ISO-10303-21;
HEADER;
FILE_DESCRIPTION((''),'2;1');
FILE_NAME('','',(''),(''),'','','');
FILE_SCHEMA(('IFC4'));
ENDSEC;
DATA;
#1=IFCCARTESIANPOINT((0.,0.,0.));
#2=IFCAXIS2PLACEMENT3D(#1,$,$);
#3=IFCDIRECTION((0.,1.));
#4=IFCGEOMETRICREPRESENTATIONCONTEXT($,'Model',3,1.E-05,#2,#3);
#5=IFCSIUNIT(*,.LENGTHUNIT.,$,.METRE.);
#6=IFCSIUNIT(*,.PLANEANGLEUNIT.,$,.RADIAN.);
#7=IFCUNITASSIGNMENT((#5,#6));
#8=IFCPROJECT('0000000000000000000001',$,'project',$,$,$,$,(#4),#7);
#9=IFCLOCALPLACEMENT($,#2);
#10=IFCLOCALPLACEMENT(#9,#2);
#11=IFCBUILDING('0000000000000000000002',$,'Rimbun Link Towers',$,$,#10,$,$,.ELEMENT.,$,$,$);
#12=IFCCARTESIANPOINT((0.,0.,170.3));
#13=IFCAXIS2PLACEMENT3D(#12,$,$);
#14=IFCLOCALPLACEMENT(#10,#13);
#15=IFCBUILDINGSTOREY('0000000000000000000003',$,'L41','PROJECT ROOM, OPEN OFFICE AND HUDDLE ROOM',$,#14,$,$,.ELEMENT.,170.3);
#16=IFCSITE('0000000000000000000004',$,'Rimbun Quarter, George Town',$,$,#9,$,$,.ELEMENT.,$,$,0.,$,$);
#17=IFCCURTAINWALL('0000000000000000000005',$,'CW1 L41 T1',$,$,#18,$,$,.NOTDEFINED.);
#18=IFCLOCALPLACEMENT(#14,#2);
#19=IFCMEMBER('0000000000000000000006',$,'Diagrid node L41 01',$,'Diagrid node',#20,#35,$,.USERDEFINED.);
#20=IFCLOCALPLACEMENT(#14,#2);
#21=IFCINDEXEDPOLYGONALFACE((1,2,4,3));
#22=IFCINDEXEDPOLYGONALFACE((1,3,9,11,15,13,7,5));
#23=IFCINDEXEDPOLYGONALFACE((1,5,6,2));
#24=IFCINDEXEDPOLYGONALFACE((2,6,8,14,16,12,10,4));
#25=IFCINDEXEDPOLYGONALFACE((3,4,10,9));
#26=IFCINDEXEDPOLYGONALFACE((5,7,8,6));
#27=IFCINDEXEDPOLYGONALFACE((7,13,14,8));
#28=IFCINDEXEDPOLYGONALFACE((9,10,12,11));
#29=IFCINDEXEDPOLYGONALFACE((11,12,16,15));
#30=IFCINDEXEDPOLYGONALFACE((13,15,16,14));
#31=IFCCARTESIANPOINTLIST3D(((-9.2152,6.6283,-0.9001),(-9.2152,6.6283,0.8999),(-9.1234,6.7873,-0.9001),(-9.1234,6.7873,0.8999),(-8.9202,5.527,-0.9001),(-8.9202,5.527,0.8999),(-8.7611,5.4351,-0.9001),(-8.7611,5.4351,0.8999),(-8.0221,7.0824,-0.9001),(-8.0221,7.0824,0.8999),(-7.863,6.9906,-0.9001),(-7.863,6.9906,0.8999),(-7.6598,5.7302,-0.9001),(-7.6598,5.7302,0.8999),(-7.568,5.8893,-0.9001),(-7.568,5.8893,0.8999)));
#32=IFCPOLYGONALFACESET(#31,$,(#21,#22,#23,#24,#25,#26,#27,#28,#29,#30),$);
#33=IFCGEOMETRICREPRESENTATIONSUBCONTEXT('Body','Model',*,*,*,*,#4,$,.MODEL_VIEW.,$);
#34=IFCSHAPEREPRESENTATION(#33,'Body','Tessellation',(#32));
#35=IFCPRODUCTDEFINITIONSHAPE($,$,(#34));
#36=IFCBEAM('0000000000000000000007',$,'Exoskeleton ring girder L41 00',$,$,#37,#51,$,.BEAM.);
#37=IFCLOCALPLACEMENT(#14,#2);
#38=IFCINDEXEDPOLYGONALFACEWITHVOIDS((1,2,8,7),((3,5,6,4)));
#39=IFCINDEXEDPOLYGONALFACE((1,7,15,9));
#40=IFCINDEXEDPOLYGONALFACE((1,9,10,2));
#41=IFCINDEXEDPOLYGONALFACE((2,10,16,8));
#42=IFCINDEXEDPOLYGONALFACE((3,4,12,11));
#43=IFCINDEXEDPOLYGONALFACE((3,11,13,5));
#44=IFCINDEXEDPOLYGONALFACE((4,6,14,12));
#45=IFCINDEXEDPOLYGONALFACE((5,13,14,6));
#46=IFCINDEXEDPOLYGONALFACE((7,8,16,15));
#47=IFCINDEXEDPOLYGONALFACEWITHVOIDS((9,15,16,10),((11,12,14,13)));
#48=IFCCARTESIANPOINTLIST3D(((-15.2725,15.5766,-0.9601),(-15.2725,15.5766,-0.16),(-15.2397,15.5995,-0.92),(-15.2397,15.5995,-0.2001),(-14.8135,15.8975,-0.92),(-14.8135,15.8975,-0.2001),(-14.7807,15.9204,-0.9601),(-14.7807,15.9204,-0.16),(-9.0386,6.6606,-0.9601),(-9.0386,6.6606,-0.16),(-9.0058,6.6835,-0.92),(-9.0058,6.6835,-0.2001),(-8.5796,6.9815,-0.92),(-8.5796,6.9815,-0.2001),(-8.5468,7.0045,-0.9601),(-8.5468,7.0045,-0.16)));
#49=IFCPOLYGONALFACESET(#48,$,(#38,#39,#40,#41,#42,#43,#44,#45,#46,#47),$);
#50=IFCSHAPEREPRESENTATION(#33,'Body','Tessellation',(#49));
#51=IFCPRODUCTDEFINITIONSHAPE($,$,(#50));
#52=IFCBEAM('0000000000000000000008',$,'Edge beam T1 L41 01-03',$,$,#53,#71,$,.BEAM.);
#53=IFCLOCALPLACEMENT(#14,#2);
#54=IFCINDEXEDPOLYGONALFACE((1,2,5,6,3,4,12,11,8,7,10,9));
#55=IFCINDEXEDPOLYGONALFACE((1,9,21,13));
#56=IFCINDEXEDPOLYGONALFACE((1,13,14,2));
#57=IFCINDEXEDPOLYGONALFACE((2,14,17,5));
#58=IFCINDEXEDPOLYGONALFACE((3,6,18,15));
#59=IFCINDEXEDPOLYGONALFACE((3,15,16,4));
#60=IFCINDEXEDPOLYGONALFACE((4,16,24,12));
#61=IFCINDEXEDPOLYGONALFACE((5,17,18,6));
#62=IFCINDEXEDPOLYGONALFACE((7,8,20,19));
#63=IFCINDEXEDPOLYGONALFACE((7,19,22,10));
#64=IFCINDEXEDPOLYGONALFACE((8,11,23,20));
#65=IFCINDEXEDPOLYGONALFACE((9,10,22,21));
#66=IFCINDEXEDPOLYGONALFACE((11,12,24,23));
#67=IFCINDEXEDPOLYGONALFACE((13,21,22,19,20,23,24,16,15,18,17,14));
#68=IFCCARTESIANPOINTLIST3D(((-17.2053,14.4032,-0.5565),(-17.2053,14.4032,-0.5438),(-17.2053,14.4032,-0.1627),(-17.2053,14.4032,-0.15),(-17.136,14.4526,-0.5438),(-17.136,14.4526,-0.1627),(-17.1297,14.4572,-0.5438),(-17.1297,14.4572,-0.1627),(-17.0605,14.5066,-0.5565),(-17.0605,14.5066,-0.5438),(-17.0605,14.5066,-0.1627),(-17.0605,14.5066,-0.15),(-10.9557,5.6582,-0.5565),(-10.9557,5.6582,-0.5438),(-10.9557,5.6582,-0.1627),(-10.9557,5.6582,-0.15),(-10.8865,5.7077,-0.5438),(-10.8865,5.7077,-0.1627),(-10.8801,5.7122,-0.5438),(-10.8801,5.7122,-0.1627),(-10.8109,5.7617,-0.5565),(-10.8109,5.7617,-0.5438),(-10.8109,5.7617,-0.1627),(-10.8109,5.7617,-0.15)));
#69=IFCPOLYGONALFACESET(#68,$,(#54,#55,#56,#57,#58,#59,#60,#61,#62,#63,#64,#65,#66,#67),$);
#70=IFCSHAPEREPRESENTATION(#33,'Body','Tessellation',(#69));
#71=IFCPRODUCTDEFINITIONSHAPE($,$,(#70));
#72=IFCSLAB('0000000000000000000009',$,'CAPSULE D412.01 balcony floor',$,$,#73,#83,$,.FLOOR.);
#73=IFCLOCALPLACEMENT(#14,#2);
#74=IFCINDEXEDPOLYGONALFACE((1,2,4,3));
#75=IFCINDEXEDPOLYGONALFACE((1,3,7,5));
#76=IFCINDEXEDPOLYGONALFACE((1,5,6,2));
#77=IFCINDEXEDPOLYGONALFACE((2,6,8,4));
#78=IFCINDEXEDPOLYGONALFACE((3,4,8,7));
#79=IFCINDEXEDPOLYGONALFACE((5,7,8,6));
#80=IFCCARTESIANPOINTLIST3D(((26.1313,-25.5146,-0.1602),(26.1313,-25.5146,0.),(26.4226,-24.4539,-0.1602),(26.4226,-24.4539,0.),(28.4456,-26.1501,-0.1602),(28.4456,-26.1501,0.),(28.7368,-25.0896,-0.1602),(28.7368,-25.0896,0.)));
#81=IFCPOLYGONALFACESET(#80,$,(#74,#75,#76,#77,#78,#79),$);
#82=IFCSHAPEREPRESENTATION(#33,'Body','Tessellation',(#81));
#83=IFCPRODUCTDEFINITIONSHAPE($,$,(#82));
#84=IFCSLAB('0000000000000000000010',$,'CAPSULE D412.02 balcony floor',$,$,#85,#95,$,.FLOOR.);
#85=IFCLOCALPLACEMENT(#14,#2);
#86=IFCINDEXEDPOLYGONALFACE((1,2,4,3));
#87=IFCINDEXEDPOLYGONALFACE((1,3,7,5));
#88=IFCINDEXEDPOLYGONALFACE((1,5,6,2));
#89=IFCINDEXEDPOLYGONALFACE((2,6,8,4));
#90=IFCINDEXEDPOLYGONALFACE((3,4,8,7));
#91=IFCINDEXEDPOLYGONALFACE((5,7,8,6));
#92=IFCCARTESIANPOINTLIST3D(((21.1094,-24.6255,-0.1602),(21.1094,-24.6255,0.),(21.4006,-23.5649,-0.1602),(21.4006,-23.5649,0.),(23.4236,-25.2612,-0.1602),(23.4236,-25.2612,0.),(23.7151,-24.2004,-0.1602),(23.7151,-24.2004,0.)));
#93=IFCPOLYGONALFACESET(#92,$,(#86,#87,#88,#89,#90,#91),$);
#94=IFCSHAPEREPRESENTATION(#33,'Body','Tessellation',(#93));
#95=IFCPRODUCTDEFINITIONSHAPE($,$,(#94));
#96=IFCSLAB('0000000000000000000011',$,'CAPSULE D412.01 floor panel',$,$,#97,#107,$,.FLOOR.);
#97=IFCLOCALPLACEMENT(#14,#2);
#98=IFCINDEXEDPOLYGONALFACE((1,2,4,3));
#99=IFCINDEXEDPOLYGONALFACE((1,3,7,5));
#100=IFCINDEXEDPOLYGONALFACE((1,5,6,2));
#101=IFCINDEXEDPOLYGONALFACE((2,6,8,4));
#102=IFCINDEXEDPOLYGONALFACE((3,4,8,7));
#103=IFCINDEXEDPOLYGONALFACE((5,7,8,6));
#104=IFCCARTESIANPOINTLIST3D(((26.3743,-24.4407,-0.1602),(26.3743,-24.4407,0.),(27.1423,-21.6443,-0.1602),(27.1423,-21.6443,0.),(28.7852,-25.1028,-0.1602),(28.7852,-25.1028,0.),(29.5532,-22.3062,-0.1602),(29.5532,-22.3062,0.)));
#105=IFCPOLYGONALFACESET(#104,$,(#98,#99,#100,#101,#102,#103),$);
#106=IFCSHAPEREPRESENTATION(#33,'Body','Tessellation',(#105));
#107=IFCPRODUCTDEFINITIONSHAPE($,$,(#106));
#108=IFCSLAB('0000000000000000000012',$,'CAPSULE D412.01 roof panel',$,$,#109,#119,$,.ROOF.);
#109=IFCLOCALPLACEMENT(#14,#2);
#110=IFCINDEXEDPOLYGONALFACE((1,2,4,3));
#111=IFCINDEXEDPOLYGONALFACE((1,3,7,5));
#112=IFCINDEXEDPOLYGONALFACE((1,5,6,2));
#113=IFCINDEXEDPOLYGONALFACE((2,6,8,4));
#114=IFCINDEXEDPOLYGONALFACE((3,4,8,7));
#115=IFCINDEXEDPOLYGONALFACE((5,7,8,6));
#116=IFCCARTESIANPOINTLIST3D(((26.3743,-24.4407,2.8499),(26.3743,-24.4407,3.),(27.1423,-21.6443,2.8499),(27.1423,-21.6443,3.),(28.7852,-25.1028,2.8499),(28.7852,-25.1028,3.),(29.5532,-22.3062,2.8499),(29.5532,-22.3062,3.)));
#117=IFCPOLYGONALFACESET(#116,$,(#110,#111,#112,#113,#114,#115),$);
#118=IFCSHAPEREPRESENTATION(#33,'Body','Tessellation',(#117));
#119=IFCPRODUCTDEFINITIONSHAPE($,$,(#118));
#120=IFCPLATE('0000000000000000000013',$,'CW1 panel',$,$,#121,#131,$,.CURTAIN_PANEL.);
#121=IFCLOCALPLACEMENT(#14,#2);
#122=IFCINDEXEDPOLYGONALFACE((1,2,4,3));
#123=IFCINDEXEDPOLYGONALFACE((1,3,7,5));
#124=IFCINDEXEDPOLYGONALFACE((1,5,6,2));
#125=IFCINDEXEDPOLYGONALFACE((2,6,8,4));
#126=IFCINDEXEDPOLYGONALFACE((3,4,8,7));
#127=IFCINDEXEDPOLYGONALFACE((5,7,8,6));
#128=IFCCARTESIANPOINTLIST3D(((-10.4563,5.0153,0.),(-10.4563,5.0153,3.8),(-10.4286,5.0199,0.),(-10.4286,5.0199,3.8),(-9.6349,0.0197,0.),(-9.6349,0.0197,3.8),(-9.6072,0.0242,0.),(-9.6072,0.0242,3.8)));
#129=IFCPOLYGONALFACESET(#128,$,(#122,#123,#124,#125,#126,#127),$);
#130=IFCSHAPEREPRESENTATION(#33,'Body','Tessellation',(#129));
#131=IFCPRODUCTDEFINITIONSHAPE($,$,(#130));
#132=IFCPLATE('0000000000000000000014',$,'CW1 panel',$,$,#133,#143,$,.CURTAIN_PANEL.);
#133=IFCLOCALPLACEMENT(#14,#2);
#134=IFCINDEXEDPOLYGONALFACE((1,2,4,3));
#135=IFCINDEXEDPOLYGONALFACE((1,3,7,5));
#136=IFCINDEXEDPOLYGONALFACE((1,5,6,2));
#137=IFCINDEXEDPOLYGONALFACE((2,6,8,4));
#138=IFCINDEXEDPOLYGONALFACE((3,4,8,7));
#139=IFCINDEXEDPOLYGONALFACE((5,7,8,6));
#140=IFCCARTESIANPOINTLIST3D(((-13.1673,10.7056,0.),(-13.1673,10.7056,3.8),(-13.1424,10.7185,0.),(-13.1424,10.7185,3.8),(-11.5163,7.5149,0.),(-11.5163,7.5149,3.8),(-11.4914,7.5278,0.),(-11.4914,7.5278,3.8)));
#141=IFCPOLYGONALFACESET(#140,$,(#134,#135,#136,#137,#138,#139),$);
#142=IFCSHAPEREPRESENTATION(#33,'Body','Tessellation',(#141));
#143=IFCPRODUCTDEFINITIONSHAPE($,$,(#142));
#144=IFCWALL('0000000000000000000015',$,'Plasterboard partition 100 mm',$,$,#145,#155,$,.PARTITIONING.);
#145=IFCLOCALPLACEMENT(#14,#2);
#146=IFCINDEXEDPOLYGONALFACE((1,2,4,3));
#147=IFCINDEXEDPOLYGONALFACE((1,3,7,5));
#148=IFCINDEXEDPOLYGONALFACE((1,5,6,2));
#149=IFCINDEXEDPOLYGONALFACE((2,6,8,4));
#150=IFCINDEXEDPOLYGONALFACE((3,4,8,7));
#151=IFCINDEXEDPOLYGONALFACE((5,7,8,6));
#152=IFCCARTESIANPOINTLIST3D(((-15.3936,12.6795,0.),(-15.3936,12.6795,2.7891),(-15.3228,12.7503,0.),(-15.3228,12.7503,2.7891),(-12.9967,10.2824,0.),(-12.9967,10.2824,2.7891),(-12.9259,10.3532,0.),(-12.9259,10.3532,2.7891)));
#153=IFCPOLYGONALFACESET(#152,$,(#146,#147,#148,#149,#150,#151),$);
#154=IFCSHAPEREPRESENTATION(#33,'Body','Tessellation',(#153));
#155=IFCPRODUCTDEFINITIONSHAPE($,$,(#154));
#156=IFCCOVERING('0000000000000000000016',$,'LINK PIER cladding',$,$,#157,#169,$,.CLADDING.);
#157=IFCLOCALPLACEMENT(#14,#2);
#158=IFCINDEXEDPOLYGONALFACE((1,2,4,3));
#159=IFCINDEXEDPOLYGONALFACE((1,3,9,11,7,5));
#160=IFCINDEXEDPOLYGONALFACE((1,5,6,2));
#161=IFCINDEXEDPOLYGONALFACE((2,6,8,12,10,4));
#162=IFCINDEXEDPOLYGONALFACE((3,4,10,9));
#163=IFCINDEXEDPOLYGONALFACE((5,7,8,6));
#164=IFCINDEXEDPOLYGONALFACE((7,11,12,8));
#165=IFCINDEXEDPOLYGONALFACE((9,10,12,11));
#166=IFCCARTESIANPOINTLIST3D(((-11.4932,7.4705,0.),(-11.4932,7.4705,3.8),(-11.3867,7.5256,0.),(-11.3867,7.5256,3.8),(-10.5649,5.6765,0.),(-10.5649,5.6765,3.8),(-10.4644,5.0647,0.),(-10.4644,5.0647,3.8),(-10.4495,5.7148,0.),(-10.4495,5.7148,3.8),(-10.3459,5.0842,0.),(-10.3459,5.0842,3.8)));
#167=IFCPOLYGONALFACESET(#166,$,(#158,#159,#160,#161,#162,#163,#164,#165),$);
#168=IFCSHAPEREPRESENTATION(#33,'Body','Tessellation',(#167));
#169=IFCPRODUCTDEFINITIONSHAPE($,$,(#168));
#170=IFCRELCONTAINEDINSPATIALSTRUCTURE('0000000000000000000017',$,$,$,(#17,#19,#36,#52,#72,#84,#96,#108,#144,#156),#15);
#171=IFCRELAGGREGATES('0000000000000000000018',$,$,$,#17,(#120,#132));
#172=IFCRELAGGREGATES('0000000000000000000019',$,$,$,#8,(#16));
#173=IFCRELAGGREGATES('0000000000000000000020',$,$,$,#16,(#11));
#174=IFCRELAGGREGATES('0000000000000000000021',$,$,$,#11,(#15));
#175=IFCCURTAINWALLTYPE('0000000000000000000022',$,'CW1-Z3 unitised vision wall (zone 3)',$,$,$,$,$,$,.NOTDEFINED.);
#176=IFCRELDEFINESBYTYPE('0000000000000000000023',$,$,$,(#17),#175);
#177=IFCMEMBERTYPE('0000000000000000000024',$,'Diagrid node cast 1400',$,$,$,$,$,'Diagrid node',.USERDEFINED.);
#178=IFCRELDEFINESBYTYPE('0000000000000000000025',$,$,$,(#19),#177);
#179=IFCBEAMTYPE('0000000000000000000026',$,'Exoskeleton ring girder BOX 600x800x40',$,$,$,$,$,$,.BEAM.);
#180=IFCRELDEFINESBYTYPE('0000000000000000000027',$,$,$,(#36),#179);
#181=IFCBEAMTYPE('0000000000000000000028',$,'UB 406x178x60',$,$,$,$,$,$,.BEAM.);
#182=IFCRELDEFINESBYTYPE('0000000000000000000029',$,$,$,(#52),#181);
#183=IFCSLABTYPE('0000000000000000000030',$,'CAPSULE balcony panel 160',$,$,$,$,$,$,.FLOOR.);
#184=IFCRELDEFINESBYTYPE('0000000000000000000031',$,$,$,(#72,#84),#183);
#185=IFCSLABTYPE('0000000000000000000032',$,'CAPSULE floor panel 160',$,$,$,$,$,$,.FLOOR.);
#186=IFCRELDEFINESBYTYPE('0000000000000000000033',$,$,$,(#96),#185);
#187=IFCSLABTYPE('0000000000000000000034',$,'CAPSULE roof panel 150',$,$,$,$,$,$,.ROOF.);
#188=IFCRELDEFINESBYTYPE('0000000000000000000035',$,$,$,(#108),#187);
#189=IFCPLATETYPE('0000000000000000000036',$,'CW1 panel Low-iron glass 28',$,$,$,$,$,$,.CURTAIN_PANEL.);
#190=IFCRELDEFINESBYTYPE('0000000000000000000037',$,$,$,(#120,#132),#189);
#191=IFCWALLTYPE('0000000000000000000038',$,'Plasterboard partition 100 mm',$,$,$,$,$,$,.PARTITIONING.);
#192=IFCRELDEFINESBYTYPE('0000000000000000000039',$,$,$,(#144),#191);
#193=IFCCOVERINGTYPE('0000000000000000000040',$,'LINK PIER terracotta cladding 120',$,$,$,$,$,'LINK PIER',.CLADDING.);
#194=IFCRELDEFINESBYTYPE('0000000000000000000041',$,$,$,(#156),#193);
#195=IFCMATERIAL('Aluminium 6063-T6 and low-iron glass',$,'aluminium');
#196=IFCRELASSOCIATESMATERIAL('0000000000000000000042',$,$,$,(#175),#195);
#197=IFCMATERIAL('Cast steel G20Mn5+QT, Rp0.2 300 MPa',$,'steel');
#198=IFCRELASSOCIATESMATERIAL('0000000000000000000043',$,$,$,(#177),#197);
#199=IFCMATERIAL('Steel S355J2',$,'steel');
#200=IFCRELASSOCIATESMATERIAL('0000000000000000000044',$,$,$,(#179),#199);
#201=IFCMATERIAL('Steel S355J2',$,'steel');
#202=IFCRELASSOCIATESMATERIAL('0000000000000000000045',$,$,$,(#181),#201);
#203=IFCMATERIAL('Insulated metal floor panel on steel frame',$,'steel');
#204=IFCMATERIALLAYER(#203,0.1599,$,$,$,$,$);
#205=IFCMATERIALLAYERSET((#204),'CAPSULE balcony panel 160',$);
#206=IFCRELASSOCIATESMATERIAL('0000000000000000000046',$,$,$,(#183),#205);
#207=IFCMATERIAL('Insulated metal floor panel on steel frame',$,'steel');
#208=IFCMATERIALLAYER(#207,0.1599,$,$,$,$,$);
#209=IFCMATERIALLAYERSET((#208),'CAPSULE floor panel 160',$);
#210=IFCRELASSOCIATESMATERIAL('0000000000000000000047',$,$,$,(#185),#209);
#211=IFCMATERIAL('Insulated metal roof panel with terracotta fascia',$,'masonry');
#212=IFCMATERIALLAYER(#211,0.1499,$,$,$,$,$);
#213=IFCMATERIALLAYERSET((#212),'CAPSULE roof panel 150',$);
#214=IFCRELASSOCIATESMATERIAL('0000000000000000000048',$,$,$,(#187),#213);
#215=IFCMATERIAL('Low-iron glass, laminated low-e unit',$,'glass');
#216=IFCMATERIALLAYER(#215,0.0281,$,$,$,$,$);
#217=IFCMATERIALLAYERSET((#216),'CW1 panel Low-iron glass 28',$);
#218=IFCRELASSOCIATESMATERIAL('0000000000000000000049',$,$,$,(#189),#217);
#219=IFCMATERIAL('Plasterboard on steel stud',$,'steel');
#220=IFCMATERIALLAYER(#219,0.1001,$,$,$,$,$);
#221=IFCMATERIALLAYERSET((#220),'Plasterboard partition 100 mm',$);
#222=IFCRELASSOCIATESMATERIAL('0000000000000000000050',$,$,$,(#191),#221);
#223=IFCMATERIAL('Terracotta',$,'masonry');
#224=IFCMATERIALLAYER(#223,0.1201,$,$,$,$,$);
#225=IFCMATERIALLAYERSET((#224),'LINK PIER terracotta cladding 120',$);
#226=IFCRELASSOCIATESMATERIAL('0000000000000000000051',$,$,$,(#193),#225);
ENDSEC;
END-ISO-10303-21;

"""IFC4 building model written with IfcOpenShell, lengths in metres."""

from ifc_helpers import new_model, si_unit, direction, frame, frame_2d, origin, origin_2d, place, context, subcontext, project, spatial, polyline, rectangle, hollow_rectangle, i_section, outline, extrude, material, layer, layer_set, material_profile, profile_set, type_object, element, aggregate, save


model = new_model("IFC4")

# Units and contexts
model_context = context("Model", 3, precision=1e-05, world=origin(), true_north=direction((0.0, 1.0)))
body_context = subcontext(model_context, "Body", "Model", "MODEL_VIEW")
ifc_project = project(units=[si_unit("LENGTHUNIT", "METRE"), si_unit("PLANEANGLEUNIT", "RADIAN")], contexts=[model_context])

# Site, building, storey
site_placement = place(None, origin())
site = spatial("IfcSite", under=ifc_project, at=site_placement, Name="Rimbun Quarter, George Town", CompositionType="ELEMENT", RefElevation=0.0)
building_placement = place(site_placement, origin())
building = spatial("IfcBuilding", under=site, at=building_placement, Name="Rimbun Link Towers", CompositionType="ELEMENT")
storey_placement = place(building_placement, frame((0.0, 0.0, 170.3)))
storey = spatial("IfcBuildingStorey", under=building, at=storey_placement, Name="L41", Description="PROJECT ROOM, OPEN OFFICE AND HUDDLE ROOM", CompositionType="ELEMENT", Elevation=170.3)

# Curtain wall
ifc_material_1 = material(Name="Aluminium 6063-T6 and low-iron glass", Category="aluminium")
curtain_wall_type = type_object("IfcCurtainWallType", Name="CW1-Z3 unitised vision wall (zone 3)", PredefinedType="NOTDEFINED", material=ifc_material_1)
curtain_wall_placement = place(storey_placement, origin())
curtain_wall = element("IfcCurtainWall", 1, at=curtain_wall_placement, inside=storey, type_object=curtain_wall_type, Name="CW1 L41 T1", PredefinedType="NOTDEFINED")

# Member
ifc_material_2 = material(Name="Cast steel G20Mn5+QT, Rp0.2 300 MPa", Category="steel")
ifc_material_profile_1 = material_profile(ifc_material_2, outline(polyline([(0.7, -0.5701), (0.7, 0.5701), (0.5701, 0.7), (-0.5701, 0.7), (-0.7, 0.5701), (-0.7, -0.5701), (-0.5701, -0.7), (0.5701, -0.7), (0.7, -0.5701)])), Name="NODE 1400x1400")
ifc_profile_set_1 = profile_set([ifc_material_profile_1], Name="Cast steel G20Mn5+QT, Rp0.2 300 MPa")
member_type_1 = type_object("IfcMemberType", Name="Diagrid node cast 1400", ElementType="Diagrid node", PredefinedType="USERDEFINED", material=ifc_profile_set_1)
member_1_placement = place(storey_placement, frame((-8.3916, 6.2588, -0.9001), z_axis=(0.0, 0.0, 1.0), x_axis=(0.965926, 0.258819, 0.0)))
element("IfcMember", 2, at=member_1_placement, inside=storey, type_object=member_type_1, Name="Diagrid node L41 01", ObjectType="Diagrid node", PredefinedType="USERDEFINED", context=body_context, shape_type="SweptSolid", body=[
    extrude(outline(polyline([(0.7, -0.5701), (0.7, 0.5701), (0.5701, 0.7), (-0.5701, 0.7), (-0.7, 0.5701), (-0.7, -0.5701), (-0.5701, -0.7), (0.5701, -0.7), (0.7, -0.5701)])), origin(), (0.0, 0.0, 1.0), 1.8),
])

# Beams
ifc_material_3 = material(Name="Steel S355J2", Category="steel")
ifc_material_profile_2 = material_profile(ifc_material_3, hollow_rectangle(XDim=0.6001, YDim=0.8, WallThickness=0.04, at=origin_2d()), Name="Exoskeleton ring girder BOX 600x800x40")
ifc_profile_set_2 = profile_set([ifc_material_profile_2], Name="Steel S355J2")
beam_type_1 = type_object("IfcBeamType", Name="Exoskeleton ring girder BOX 600x800x40", PredefinedType="BEAM", material=ifc_profile_set_2)
beam_1_placement = place(storey_placement, frame((-8.7927, 6.8325, -0.5601), z_axis=(-0.57301, 0.819548, 0.0), x_axis=(-0.819548, -0.57301, 0.0)))
element("IfcBeam", 3, at=beam_1_placement, inside=storey, type_object=beam_type_1, Name="Exoskeleton ring girder L41 00", PredefinedType="BEAM", context=body_context, shape_type="SweptSolid", body=[
    extrude(hollow_rectangle(XDim=0.6001, YDim=0.8, WallThickness=0.04, at=origin_2d()), origin(), (0.0, 0.0, 1.0), 10.8792),
])
ifc_material_4 = material(Name="Steel S355J2", Category="steel")
ifc_material_profile_3 = material_profile(ifc_material_4, i_section(OverallWidth=0.178, OverallDepth=0.4065, WebThickness=0.0078, FlangeThickness=0.0127, at=origin_2d()), Name="UB 406x178x60")
ifc_profile_set_3 = profile_set([ifc_material_profile_3], Name="Steel S355J2")
beam_type_2 = type_object("IfcBeamType", Name="UB 406x178x60", PredefinedType="BEAM", material=ifc_profile_set_3)
beam_2_placement = place(storey_placement, frame((-10.8833, 5.71, -0.3533), z_axis=(-0.581434, 0.813594, 0.0), x_axis=(-0.813594, -0.581434, 0.0)))
element("IfcBeam", 4, at=beam_2_placement, inside=storey, type_object=beam_type_2, Name="Edge beam T1 L41 01-03", PredefinedType="BEAM", context=body_context, shape_type="SweptSolid", body=[
    extrude(i_section(OverallWidth=0.178, OverallDepth=0.4065, WebThickness=0.0078, FlangeThickness=0.0127, at=origin_2d()), origin(), (0.0, 0.0, 1.0), 10.7485),
])

# Slabs
ifc_material_5 = material(Name="Insulated metal floor panel on steel frame", Category="steel")
ifc_layer_1 = layer(ifc_material_5, 0.1599)
ifc_layer_set_1 = layer_set([ifc_layer_1], Name="CAPSULE balcony panel 160")
slab_type_1 = type_object("IfcSlabType", Name="CAPSULE balcony panel 160", PredefinedType="FLOOR", material=ifc_layer_set_1)
slab_1_placement = place(storey_placement, frame((0.0, 0.0, -0.1602)))
element("IfcSlab", 5, at=slab_1_placement, inside=storey, type_object=slab_type_1, Name="CAPSULE D412.01 balcony floor", PredefinedType="FLOOR", context=body_context, shape_type="SweptSolid", body=[
    extrude(outline(polyline([(26.1313, -25.5146), (28.4456, -26.1501), (28.7368, -25.0896), (26.4226, -24.4539), (26.1313, -25.5146)])), origin(), (0.0, 0.0, 1.0), 0.1602),
])
slab_2_placement = place(storey_placement, frame((0.0, 0.0, -0.1602)))
element("IfcSlab", 6, at=slab_2_placement, inside=storey, type_object=slab_type_1, Name="CAPSULE D412.02 balcony floor", PredefinedType="FLOOR", context=body_context, shape_type="SweptSolid", body=[
    extrude(outline(polyline([(21.1094, -24.6255), (23.4236, -25.2612), (23.7151, -24.2004), (21.4006, -23.5649), (21.1094, -24.6255)])), origin(), (0.0, 0.0, 1.0), 0.1602),
])
ifc_material_6 = material(Name="Insulated metal floor panel on steel frame", Category="steel")
ifc_layer_2 = layer(ifc_material_6, 0.1599)
ifc_layer_set_2 = layer_set([ifc_layer_2], Name="CAPSULE floor panel 160")
slab_type_2 = type_object("IfcSlabType", Name="CAPSULE floor panel 160", PredefinedType="FLOOR", material=ifc_layer_set_2)
slab_3_placement = place(storey_placement, frame((0.0, 0.0, -0.1602)))
element("IfcSlab", 7, at=slab_3_placement, inside=storey, type_object=slab_type_2, Name="CAPSULE D412.01 floor panel", PredefinedType="FLOOR", context=body_context, shape_type="SweptSolid", body=[
    extrude(outline(polyline([(26.3743, -24.4407), (28.7852, -25.1028), (29.5532, -22.3062), (27.1423, -21.6443), (26.3743, -24.4407)])), origin(), (0.0, 0.0, 1.0), 0.1602),
])
ifc_material_7 = material(Name="Insulated metal roof panel with terracotta fascia", Category="masonry")
ifc_layer_3 = layer(ifc_material_7, 0.1499)
ifc_layer_set_3 = layer_set([ifc_layer_3], Name="CAPSULE roof panel 150")
slab_type_3 = type_object("IfcSlabType", Name="CAPSULE roof panel 150", PredefinedType="ROOF", material=ifc_layer_set_3)
slab_4_placement = place(storey_placement, frame((0.0, 0.0, 2.8499)))
element("IfcSlab", 8, at=slab_4_placement, inside=storey, type_object=slab_type_3, Name="CAPSULE D412.01 roof panel", PredefinedType="ROOF", context=body_context, shape_type="SweptSolid", body=[
    extrude(outline(polyline([(26.3743, -24.4407), (28.7852, -25.1028), (29.5532, -22.3062), (27.1423, -21.6443), (26.3743, -24.4407)])), origin(), (0.0, 0.0, 1.0), 0.1501),
])

# Plates
ifc_material_8 = material(Name="Low-iron glass, laminated low-e unit", Category="glass")
ifc_layer_4 = layer(ifc_material_8, 0.0281)
ifc_layer_set_4 = layer_set([ifc_layer_4], Name="CW1 panel Low-iron glass 28")
plate_type = type_object("IfcPlateType", Name="CW1 panel Low-iron glass 28", PredefinedType="CURTAIN_PANEL", material=ifc_layer_set_4)
plate_1_placement = place(storey_placement, frame((-10.0317, 2.5198, 0.0), z_axis=(0.0, 0.0, 1.0), x_axis=(0.162253, -0.986749, 0.0)))
plate_1 = element("IfcPlate", 9, at=plate_1_placement, type_object=plate_type, Name="CW1 panel", PredefinedType="CURTAIN_PANEL", context=body_context, shape_type="SweptSolid", body=[
    extrude(rectangle(XDim=5.0627, YDim=0.0281, at=origin_2d()), origin(), (0.0, 0.0, 1.0), 3.8),
])
plate_2_placement = place(storey_placement, frame((-12.3293, 9.1167, 0.0), z_axis=(0.0, 0.0, 1.0), x_axis=(0.459559, -0.888147, 0.0)))
plate_2 = element("IfcPlate", 10, at=plate_2_placement, type_object=plate_type, Name="CW1 panel", PredefinedType="CURTAIN_PANEL", context=body_context, shape_type="SweptSolid", body=[
    extrude(rectangle(XDim=3.5925, YDim=0.0281, at=origin_2d()), origin(), (0.0, 0.0, 1.0), 3.8),
])
aggregate(curtain_wall, [plate_1, plate_2])

# Wall
ifc_material_9 = material(Name="Plasterboard on steel stud", Category="steel")
ifc_layer_5 = layer(ifc_material_9, 0.1001)
ifc_layer_set_5 = layer_set([ifc_layer_5], Name="Plasterboard partition 100 mm")
wall_type = type_object("IfcWallType", Name="Plasterboard partition 100 mm", PredefinedType="PARTITIONING", material=ifc_layer_set_5)
wall_placement = place(storey_placement, frame((-12.9614, 10.3179, 0.0), z_axis=(0.0, 0.0, 1.0), x_axis=(-0.707071, 0.707143, 0.0)))
element("IfcWall", 11, at=wall_placement, inside=storey, type_object=wall_type, Name="Plasterboard partition 100 mm", PredefinedType="PARTITIONING", context=body_context, shape_type="SweptSolid", body=[
    extrude(rectangle(XDim=3.3899, YDim=0.1001, at=frame_2d((1.6948, 0.0))), origin(), (0.0, 0.0, 1.0), 2.7891),
])

# Covering
ifc_material_10 = material(Name="Terracotta", Category="masonry")
ifc_layer_6 = layer(ifc_material_10, 0.1201)
ifc_layer_set_6 = layer_set([ifc_layer_6], Name="LINK PIER terracotta cladding 120")
covering_type_1 = type_object("IfcCoveringType", Name="LINK PIER terracotta cladding 120", ElementType="LINK PIER", PredefinedType="CLADDING", material=ifc_layer_set_6)
covering_1_placement = place(storey_placement, origin())
element("IfcCovering", 12, at=covering_1_placement, inside=storey, type_object=covering_type_1, Name="LINK PIER cladding", PredefinedType="CLADDING", context=body_context, shape_type="SweptSolid", body=[
    extrude(outline(polyline([(-11.4932, 7.4705), (-10.5649, 5.6765), (-10.4644, 5.0647), (-10.3459, 5.0842), (-10.4495, 5.7148), (-11.3867, 7.5256), (-11.4932, 7.4705)])), origin(), (0.0, 0.0, 1.0), 3.8),
])

save(model, "model.ifc")
